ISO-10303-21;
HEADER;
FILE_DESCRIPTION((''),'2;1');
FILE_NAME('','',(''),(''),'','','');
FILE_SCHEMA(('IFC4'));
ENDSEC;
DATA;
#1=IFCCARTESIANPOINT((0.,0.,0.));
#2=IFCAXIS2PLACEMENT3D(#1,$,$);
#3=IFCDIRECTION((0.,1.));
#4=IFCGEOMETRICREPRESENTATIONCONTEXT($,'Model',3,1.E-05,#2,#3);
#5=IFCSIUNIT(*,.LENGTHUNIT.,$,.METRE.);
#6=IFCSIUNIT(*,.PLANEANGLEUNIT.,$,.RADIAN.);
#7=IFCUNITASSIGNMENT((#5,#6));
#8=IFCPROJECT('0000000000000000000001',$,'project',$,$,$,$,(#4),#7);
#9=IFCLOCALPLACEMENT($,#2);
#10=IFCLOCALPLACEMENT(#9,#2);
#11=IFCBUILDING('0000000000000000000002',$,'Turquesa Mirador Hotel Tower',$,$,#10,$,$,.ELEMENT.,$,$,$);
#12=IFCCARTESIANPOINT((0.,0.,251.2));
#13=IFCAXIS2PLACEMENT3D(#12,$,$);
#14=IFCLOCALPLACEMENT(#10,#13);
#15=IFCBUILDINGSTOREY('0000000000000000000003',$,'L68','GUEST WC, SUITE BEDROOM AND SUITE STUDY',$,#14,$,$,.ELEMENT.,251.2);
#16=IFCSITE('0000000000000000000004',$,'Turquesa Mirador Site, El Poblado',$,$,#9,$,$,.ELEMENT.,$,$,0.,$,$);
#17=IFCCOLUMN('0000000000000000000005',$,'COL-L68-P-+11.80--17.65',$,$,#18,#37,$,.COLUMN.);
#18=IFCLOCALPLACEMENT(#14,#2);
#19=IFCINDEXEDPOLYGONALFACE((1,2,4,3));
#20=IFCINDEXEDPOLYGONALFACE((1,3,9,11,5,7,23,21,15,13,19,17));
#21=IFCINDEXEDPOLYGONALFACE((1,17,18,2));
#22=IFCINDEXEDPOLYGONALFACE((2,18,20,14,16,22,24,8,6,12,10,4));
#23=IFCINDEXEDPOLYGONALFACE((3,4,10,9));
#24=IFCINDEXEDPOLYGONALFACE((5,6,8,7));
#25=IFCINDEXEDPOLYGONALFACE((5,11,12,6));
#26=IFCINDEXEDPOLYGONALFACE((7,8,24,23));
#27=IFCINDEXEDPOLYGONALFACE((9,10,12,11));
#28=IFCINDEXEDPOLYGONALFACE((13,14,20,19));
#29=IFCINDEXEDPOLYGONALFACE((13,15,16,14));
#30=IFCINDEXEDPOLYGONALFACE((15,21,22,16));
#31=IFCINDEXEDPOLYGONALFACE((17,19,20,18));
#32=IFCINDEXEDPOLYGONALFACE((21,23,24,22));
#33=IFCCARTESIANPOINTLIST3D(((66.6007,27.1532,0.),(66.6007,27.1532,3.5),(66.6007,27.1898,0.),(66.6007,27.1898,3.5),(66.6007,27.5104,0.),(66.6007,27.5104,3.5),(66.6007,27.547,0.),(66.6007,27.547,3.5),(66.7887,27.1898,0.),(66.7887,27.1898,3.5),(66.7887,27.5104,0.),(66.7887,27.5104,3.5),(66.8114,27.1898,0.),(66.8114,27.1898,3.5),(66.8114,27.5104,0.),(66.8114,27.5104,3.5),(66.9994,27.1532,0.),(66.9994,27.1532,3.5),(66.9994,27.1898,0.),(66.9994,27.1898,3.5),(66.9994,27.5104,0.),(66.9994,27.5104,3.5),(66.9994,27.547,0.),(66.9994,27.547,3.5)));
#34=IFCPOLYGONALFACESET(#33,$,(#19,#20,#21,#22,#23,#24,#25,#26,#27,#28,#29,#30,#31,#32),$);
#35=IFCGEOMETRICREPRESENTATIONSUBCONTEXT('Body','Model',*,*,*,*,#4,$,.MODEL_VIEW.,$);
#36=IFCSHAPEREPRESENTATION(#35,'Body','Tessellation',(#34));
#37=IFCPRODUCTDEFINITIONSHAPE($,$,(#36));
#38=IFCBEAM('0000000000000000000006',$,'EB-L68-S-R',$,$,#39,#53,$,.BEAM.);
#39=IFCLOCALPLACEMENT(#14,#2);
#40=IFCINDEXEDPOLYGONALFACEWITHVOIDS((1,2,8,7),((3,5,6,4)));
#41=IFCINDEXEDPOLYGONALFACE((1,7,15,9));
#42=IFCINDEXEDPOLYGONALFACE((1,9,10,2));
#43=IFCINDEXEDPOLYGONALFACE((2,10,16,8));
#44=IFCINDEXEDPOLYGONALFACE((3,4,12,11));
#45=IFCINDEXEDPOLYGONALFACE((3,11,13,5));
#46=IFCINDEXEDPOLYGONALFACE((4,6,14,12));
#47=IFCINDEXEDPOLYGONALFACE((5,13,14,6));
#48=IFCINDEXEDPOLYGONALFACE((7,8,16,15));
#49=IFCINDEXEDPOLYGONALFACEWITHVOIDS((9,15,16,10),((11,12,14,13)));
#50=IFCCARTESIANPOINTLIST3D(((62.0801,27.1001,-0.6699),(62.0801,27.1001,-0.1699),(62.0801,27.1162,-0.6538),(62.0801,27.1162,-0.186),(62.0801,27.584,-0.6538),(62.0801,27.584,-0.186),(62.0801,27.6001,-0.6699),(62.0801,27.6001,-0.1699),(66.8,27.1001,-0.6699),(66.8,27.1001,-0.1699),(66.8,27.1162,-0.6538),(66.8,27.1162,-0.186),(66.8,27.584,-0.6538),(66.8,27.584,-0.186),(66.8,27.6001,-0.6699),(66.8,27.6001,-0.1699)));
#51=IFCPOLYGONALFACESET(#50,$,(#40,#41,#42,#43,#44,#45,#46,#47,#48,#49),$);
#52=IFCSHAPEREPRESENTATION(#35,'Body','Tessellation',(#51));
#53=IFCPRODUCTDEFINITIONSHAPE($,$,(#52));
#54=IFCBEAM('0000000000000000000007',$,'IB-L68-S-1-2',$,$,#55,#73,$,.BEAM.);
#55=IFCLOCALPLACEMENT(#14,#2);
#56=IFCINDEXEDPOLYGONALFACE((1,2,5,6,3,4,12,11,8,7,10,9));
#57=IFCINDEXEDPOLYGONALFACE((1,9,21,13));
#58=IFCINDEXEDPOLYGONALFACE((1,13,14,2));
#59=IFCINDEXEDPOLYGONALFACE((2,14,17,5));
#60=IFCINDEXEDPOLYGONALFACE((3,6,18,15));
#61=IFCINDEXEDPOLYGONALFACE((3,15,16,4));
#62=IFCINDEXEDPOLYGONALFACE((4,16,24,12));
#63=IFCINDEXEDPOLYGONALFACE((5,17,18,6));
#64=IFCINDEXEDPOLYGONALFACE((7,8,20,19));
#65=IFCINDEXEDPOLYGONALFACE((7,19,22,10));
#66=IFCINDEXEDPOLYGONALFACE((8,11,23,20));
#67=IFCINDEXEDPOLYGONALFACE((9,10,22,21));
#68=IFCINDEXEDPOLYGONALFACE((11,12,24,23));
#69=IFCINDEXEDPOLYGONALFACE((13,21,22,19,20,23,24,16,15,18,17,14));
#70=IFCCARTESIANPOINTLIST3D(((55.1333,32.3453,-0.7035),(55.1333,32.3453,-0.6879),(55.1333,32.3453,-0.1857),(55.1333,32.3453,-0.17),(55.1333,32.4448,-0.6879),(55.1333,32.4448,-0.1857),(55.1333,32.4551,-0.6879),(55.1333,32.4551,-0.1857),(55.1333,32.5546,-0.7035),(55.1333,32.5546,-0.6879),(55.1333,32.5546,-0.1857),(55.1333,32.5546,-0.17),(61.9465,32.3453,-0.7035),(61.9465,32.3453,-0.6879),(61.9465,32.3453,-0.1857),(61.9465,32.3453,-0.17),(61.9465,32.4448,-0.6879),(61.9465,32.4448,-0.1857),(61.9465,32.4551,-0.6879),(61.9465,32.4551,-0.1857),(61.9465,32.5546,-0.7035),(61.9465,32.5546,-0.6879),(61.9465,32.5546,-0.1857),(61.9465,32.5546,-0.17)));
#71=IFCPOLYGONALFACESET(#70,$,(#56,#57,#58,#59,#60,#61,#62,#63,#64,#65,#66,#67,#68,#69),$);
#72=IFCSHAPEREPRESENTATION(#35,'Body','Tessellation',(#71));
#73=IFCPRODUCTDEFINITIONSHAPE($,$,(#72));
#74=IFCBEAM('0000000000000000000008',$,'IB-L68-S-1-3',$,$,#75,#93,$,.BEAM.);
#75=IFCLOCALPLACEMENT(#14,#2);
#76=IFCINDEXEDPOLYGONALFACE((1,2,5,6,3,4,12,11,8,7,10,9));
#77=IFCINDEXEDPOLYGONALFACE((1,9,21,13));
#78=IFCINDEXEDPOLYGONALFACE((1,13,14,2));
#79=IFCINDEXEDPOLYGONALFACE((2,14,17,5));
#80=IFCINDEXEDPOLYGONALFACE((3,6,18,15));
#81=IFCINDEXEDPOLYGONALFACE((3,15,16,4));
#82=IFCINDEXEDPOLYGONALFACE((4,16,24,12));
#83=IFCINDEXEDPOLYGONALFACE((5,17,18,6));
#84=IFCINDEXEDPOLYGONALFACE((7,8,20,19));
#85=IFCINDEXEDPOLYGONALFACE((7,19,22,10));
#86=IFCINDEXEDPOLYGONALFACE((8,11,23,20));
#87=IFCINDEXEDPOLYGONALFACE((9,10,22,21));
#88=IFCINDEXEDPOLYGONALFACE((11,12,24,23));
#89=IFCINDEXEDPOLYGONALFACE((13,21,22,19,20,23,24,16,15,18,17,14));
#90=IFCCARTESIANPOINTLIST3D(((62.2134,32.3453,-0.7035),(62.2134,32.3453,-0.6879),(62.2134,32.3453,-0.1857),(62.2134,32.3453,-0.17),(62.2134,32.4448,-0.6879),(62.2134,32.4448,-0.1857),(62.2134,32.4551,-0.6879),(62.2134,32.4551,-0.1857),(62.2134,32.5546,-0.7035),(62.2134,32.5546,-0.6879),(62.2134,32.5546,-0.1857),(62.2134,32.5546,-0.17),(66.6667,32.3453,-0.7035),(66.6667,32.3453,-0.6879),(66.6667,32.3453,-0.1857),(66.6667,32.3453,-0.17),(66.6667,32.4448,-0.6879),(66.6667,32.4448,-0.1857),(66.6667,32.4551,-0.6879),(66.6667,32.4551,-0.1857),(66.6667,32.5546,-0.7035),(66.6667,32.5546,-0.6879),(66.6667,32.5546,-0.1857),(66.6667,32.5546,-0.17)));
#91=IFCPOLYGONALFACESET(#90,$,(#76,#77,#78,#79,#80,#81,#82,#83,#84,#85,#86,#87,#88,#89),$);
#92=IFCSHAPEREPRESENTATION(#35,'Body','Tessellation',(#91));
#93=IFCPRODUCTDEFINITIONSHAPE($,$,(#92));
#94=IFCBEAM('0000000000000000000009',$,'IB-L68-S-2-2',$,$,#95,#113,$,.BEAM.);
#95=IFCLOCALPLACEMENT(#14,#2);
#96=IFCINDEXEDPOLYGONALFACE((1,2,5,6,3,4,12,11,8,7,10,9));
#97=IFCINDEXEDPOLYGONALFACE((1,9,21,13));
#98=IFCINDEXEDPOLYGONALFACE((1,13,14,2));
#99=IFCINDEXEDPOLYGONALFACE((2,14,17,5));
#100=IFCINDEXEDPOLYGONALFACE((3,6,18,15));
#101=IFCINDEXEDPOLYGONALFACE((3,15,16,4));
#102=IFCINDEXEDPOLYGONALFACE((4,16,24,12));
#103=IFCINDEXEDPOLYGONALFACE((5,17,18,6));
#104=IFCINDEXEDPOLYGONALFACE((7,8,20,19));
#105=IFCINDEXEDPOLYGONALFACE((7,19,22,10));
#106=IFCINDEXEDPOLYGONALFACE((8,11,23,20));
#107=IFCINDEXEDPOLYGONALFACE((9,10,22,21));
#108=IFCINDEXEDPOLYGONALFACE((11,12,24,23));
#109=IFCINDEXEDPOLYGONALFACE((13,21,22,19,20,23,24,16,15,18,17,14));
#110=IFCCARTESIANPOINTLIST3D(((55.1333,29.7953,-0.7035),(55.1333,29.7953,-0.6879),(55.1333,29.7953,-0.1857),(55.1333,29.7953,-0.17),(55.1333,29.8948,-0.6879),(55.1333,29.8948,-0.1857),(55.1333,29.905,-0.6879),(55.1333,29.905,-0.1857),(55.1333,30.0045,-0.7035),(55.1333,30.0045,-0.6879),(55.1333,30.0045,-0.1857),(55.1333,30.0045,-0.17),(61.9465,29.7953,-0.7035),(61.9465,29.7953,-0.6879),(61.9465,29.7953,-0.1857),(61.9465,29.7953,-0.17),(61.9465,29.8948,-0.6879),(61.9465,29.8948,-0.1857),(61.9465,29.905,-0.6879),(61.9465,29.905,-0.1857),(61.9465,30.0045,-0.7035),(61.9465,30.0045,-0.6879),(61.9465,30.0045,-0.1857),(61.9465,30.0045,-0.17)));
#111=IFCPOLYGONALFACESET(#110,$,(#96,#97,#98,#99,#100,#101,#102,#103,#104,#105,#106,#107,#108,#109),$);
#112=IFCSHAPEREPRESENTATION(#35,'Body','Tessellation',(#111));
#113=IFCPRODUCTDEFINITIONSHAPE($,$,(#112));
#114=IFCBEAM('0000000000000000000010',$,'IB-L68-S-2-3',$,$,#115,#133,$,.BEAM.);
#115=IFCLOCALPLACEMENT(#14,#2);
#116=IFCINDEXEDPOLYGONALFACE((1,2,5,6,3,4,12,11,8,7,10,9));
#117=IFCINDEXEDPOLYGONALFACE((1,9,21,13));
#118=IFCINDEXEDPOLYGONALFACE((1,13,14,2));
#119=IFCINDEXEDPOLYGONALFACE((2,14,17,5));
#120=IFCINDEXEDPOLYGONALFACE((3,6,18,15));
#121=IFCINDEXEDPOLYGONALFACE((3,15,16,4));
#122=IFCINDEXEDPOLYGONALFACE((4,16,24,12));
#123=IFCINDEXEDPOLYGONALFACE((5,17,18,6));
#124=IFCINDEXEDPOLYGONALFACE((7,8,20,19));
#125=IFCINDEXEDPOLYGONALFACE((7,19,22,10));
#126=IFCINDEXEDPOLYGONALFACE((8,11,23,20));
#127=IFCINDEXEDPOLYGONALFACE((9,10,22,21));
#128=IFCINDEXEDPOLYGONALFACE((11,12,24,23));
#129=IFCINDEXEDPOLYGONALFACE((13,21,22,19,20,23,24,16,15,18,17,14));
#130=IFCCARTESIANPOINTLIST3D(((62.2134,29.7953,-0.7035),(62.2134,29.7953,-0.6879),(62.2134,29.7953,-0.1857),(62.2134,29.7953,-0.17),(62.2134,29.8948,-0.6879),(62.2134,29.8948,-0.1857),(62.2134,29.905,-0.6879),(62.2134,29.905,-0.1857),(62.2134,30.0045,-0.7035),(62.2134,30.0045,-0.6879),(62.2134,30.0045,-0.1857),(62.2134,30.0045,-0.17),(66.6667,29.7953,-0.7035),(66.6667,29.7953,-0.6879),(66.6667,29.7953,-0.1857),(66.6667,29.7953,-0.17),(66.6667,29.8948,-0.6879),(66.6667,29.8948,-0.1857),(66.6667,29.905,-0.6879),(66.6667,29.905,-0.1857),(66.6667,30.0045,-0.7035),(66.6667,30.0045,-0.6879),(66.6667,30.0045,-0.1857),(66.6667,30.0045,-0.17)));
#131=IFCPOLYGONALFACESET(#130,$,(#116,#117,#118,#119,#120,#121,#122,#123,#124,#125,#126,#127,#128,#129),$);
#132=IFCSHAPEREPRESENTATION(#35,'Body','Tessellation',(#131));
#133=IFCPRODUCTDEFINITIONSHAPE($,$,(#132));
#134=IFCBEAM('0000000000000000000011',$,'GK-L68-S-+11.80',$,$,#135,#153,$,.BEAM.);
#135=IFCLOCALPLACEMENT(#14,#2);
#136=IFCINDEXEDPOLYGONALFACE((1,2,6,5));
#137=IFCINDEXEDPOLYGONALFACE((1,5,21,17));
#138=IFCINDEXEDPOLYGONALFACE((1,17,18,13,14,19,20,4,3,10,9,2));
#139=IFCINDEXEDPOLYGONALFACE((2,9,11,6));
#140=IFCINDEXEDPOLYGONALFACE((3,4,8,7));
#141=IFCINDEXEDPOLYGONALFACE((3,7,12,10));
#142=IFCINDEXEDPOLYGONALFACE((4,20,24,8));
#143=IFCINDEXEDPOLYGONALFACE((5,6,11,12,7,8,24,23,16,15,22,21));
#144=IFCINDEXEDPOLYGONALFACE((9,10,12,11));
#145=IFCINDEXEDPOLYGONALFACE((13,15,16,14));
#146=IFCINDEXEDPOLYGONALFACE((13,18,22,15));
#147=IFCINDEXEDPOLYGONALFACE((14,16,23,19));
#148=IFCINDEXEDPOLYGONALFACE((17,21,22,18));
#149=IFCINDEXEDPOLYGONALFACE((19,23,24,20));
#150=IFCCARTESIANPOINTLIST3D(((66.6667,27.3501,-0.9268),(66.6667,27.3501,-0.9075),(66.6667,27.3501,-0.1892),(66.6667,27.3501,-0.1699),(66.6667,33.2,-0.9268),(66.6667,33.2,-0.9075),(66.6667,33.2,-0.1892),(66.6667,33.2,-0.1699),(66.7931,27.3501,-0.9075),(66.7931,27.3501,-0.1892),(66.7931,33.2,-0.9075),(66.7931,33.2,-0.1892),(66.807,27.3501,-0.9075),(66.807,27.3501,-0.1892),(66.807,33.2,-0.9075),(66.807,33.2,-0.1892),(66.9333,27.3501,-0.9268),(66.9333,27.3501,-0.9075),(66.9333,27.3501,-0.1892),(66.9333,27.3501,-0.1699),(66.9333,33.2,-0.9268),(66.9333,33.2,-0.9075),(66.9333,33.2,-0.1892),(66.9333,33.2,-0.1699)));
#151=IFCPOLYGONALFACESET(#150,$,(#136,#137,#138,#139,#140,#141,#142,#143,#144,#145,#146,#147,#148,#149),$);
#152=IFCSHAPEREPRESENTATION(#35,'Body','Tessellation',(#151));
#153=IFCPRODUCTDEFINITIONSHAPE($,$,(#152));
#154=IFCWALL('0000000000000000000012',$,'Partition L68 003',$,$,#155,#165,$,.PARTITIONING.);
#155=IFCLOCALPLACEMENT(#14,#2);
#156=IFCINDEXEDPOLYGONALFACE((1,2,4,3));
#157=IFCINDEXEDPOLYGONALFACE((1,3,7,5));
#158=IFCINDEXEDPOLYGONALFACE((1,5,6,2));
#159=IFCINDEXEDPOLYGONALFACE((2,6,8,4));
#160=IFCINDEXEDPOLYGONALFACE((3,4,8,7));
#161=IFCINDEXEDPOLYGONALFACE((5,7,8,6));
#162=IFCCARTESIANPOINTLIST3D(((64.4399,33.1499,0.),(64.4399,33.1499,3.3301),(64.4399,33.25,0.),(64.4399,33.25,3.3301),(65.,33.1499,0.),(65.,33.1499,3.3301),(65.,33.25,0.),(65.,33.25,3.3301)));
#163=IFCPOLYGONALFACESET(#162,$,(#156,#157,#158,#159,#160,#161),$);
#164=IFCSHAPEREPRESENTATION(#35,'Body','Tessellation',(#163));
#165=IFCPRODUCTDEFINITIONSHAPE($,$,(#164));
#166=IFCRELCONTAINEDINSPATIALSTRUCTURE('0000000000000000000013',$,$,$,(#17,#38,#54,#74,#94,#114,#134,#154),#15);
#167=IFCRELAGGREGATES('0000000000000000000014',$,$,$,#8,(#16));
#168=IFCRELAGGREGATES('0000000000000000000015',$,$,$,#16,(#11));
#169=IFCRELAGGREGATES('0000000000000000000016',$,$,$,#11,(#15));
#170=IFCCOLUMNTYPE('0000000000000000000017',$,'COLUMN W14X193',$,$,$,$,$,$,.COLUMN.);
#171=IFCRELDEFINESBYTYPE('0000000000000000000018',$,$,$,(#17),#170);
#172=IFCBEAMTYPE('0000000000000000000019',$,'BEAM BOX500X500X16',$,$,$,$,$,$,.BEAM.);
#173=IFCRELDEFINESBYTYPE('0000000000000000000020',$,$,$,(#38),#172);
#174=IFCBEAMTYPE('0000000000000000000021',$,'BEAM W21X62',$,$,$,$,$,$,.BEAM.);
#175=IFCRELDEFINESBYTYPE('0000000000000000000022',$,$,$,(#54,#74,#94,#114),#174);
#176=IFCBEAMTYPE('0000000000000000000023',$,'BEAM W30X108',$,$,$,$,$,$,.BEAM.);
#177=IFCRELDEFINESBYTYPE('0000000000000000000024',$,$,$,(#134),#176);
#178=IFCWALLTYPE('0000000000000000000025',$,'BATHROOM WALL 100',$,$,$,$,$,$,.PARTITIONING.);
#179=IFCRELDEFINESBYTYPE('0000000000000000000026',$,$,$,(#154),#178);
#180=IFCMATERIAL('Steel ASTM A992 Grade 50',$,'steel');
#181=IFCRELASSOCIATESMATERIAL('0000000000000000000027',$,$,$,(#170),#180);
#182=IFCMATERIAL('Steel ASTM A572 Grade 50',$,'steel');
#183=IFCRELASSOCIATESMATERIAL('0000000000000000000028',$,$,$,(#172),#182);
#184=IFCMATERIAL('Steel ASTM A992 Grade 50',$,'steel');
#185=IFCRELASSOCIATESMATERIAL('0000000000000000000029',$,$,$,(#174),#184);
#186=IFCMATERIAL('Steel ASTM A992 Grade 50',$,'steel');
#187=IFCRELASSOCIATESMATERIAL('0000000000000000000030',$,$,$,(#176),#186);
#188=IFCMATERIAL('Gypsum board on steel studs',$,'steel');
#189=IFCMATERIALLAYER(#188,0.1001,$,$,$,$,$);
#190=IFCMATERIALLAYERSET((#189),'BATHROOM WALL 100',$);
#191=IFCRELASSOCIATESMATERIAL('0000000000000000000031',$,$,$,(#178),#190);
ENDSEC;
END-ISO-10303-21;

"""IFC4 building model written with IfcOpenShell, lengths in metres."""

from ifc_helpers import new_model, si_unit, direction, frame, frame_2d, origin, origin_2d, place, context, subcontext, project, spatial, rectangle, hollow_rectangle, i_section, extrude, material, layer, layer_set, material_profile, profile_set, type_object, element, save


model = new_model("IFC4")

# Units and contexts
model_context = context("Model", 3, precision=1e-05, world=origin(), true_north=direction((0.0, 1.0)))
body_context = subcontext(model_context, "Body", "Model", "MODEL_VIEW")
ifc_project = project(units=[si_unit("LENGTHUNIT", "METRE"), si_unit("PLANEANGLEUNIT", "RADIAN")], contexts=[model_context])

# Site, building, storey
site_placement = place(None, origin())
site = spatial("IfcSite", under=ifc_project, at=site_placement, Name="Turquesa Mirador Site, El Poblado", CompositionType="ELEMENT", RefElevation=0.0)
building_placement = place(site_placement, origin())
building = spatial("IfcBuilding", under=site, at=building_placement, Name="Turquesa Mirador Hotel Tower", CompositionType="ELEMENT")
storey_placement = place(building_placement, frame((0.0, 0.0, 251.2)))
storey = spatial("IfcBuildingStorey", under=building, at=storey_placement, Name="L68", Description="GUEST WC, SUITE BEDROOM AND SUITE STUDY", CompositionType="ELEMENT", Elevation=251.2)

# Column
ifc_material_1 = material(Name="Steel ASTM A992 Grade 50", Category="steel")
ifc_material_profile_1 = material_profile(ifc_material_1, i_section(OverallWidth=0.3987, OverallDepth=0.3938, WebThickness=0.0227, FlangeThickness=0.0366, at=origin_2d()), Name="W14X193")
ifc_profile_set_1 = profile_set([ifc_material_profile_1], Name="Steel ASTM A992 Grade 50")
column_type = type_object("IfcColumnType", Name="COLUMN W14X193", PredefinedType="COLUMN", material=ifc_profile_set_1)
column_placement = place(storey_placement, frame((66.8, 27.3501, 0.0), z_axis=(0.0, 0.0, 1.0), x_axis=(1.0, 0.0, 0.0)))
element("IfcColumn", 1, at=column_placement, inside=storey, type_object=column_type, Name="COL-L68-P-+11.80--17.65", PredefinedType="COLUMN", context=body_context, shape_type="SweptSolid", body=[
    extrude(i_section(OverallWidth=0.3987, OverallDepth=0.3938, WebThickness=0.0227, FlangeThickness=0.0366, at=origin_2d()), origin(), (0.0, 0.0, 1.0), 3.5),
])

# Beams
ifc_material_2 = material(Name="Steel ASTM A572 Grade 50", Category="steel")
ifc_material_profile_2 = material_profile(ifc_material_2, hollow_rectangle(XDim=0.5, YDim=0.5, WallThickness=0.0161, at=origin_2d()), Name="BOX500X500X16")
ifc_profile_set_2 = profile_set([ifc_material_profile_2], Name="Steel ASTM A572 Grade 50")
beam_type_1 = type_object("IfcBeamType", Name="BEAM BOX500X500X16", PredefinedType="BEAM", material=ifc_profile_set_2)
beam_1_placement = place(storey_placement, frame((62.0801, 27.3501, -0.4199), z_axis=(1.0, 0.0, 0.0), x_axis=(0.0, 1.0, 0.0)))
element("IfcBeam", 2, at=beam_1_placement, inside=storey, type_object=beam_type_1, Name="EB-L68-S-R", PredefinedType="BEAM", context=body_context, shape_type="SweptSolid", body=[
    extrude(hollow_rectangle(XDim=0.5, YDim=0.5, WallThickness=0.0161, at=origin_2d()), origin(), (0.0, 0.0, 1.0), 4.72),
])
ifc_material_3 = material(Name="Steel ASTM A992 Grade 50", Category="steel")
ifc_material_profile_3 = material_profile(ifc_material_3, i_section(OverallWidth=0.2092, OverallDepth=0.5334, WebThickness=0.0103, FlangeThickness=0.0156, at=origin_2d()), Name="W21X62")
ifc_profile_set_3 = profile_set([ifc_material_profile_3], Name="Steel ASTM A992 Grade 50")
beam_type_2 = type_object("IfcBeamType", Name="BEAM W21X62", PredefinedType="BEAM", material=ifc_profile_set_3)
beam_2_placement = place(storey_placement, frame((55.1333, 32.45, -0.4368), z_axis=(1.0, 0.0, 0.0), x_axis=(0.0, 1.0, 0.0)))
element("IfcBeam", 3, at=beam_2_placement, inside=storey, type_object=beam_type_2, Name="IB-L68-S-1-2", PredefinedType="BEAM", context=body_context, shape_type="SweptSolid", body=[
    extrude(i_section(OverallWidth=0.2092, OverallDepth=0.5334, WebThickness=0.0103, FlangeThickness=0.0156, at=origin_2d()), origin(), (0.0, 0.0, 1.0), 6.8132),
])
beam_3_placement = place(storey_placement, frame((62.2134, 32.45, -0.4368), z_axis=(1.0, 0.0, 0.0), x_axis=(0.0, 1.0, 0.0)))
element("IfcBeam", 4, at=beam_3_placement, inside=storey, type_object=beam_type_2, Name="IB-L68-S-1-3", PredefinedType="BEAM", context=body_context, shape_type="SweptSolid", body=[
    extrude(i_section(OverallWidth=0.2092, OverallDepth=0.5334, WebThickness=0.0103, FlangeThickness=0.0156, at=origin_2d()), origin(), (0.0, 0.0, 1.0), 4.4534),
])
beam_4_placement = place(storey_placement, frame((55.1333, 29.8999, -0.4368), z_axis=(1.0, 0.0, 0.0), x_axis=(0.0, 1.0, 0.0)))
element("IfcBeam", 5, at=beam_4_placement, inside=storey, type_object=beam_type_2, Name="IB-L68-S-2-2", PredefinedType="BEAM", context=body_context, shape_type="SweptSolid", body=[
    extrude(i_section(OverallWidth=0.2092, OverallDepth=0.5334, WebThickness=0.0103, FlangeThickness=0.0156, at=origin_2d()), origin(), (0.0, 0.0, 1.0), 6.8132),
])
beam_5_placement = place(storey_placement, frame((62.2134, 29.8999, -0.4368), z_axis=(1.0, 0.0, 0.0), x_axis=(0.0, 1.0, 0.0)))
element("IfcBeam", 6, at=beam_5_placement, inside=storey, type_object=beam_type_2, Name="IB-L68-S-2-3", PredefinedType="BEAM", context=body_context, shape_type="SweptSolid", body=[
    extrude(i_section(OverallWidth=0.2092, OverallDepth=0.5334, WebThickness=0.0103, FlangeThickness=0.0156, at=origin_2d()), origin(), (0.0, 0.0, 1.0), 4.4534),
])
ifc_material_4 = material(Name="Steel ASTM A992 Grade 50", Category="steel")
ifc_material_profile_4 = material_profile(ifc_material_4, i_section(OverallWidth=0.2666, OverallDepth=0.7568, WebThickness=0.0139, FlangeThickness=0.0193, at=origin_2d()), Name="W30X108")
ifc_profile_set_4 = profile_set([ifc_material_profile_4], Name="Steel ASTM A992 Grade 50")
beam_type_3 = type_object("IfcBeamType", Name="BEAM W30X108", PredefinedType="BEAM", material=ifc_profile_set_4)
beam_6_placement = place(storey_placement, frame((66.8, 27.3501, -0.5483), z_axis=(0.0, 1.0, 0.0), x_axis=(-1.0, 0.0, 0.0)))
element("IfcBeam", 7, at=beam_6_placement, inside=storey, type_object=beam_type_3, Name="GK-L68-S-+11.80", PredefinedType="BEAM", context=body_context, shape_type="SweptSolid", body=[
    extrude(i_section(OverallWidth=0.2666, OverallDepth=0.7568, WebThickness=0.0139, FlangeThickness=0.0193, at=origin_2d()), origin(), (0.0, 0.0, 1.0), 5.8499),
])

# Wall
ifc_material_5 = material(Name="Gypsum board on steel studs", Category="steel")
ifc_layer_1 = layer(ifc_material_5, 0.1001)
ifc_layer_set_1 = layer_set([ifc_layer_1], Name="BATHROOM WALL 100")
wall_type_1 = type_object("IfcWallType", Name="BATHROOM WALL 100", PredefinedType="PARTITIONING", material=ifc_layer_set_1)
wall_1_placement = place(storey_placement, frame((64.4399, 33.2, 0.0), z_axis=(0.0, 0.0, 1.0), x_axis=(1.0, 0.0, 0.0)))
element("IfcWall", 8, at=wall_1_placement, inside=storey, type_object=wall_type_1, Name="Partition L68 003", PredefinedType="PARTITIONING", context=body_context, shape_type="SweptSolid", body=[
    extrude(rectangle(XDim=0.5601, YDim=0.1001, at=frame_2d((0.28, 0.0))), origin(), (0.0, 0.0, 1.0), 3.3301),
])

save(model, "model.ifc")
